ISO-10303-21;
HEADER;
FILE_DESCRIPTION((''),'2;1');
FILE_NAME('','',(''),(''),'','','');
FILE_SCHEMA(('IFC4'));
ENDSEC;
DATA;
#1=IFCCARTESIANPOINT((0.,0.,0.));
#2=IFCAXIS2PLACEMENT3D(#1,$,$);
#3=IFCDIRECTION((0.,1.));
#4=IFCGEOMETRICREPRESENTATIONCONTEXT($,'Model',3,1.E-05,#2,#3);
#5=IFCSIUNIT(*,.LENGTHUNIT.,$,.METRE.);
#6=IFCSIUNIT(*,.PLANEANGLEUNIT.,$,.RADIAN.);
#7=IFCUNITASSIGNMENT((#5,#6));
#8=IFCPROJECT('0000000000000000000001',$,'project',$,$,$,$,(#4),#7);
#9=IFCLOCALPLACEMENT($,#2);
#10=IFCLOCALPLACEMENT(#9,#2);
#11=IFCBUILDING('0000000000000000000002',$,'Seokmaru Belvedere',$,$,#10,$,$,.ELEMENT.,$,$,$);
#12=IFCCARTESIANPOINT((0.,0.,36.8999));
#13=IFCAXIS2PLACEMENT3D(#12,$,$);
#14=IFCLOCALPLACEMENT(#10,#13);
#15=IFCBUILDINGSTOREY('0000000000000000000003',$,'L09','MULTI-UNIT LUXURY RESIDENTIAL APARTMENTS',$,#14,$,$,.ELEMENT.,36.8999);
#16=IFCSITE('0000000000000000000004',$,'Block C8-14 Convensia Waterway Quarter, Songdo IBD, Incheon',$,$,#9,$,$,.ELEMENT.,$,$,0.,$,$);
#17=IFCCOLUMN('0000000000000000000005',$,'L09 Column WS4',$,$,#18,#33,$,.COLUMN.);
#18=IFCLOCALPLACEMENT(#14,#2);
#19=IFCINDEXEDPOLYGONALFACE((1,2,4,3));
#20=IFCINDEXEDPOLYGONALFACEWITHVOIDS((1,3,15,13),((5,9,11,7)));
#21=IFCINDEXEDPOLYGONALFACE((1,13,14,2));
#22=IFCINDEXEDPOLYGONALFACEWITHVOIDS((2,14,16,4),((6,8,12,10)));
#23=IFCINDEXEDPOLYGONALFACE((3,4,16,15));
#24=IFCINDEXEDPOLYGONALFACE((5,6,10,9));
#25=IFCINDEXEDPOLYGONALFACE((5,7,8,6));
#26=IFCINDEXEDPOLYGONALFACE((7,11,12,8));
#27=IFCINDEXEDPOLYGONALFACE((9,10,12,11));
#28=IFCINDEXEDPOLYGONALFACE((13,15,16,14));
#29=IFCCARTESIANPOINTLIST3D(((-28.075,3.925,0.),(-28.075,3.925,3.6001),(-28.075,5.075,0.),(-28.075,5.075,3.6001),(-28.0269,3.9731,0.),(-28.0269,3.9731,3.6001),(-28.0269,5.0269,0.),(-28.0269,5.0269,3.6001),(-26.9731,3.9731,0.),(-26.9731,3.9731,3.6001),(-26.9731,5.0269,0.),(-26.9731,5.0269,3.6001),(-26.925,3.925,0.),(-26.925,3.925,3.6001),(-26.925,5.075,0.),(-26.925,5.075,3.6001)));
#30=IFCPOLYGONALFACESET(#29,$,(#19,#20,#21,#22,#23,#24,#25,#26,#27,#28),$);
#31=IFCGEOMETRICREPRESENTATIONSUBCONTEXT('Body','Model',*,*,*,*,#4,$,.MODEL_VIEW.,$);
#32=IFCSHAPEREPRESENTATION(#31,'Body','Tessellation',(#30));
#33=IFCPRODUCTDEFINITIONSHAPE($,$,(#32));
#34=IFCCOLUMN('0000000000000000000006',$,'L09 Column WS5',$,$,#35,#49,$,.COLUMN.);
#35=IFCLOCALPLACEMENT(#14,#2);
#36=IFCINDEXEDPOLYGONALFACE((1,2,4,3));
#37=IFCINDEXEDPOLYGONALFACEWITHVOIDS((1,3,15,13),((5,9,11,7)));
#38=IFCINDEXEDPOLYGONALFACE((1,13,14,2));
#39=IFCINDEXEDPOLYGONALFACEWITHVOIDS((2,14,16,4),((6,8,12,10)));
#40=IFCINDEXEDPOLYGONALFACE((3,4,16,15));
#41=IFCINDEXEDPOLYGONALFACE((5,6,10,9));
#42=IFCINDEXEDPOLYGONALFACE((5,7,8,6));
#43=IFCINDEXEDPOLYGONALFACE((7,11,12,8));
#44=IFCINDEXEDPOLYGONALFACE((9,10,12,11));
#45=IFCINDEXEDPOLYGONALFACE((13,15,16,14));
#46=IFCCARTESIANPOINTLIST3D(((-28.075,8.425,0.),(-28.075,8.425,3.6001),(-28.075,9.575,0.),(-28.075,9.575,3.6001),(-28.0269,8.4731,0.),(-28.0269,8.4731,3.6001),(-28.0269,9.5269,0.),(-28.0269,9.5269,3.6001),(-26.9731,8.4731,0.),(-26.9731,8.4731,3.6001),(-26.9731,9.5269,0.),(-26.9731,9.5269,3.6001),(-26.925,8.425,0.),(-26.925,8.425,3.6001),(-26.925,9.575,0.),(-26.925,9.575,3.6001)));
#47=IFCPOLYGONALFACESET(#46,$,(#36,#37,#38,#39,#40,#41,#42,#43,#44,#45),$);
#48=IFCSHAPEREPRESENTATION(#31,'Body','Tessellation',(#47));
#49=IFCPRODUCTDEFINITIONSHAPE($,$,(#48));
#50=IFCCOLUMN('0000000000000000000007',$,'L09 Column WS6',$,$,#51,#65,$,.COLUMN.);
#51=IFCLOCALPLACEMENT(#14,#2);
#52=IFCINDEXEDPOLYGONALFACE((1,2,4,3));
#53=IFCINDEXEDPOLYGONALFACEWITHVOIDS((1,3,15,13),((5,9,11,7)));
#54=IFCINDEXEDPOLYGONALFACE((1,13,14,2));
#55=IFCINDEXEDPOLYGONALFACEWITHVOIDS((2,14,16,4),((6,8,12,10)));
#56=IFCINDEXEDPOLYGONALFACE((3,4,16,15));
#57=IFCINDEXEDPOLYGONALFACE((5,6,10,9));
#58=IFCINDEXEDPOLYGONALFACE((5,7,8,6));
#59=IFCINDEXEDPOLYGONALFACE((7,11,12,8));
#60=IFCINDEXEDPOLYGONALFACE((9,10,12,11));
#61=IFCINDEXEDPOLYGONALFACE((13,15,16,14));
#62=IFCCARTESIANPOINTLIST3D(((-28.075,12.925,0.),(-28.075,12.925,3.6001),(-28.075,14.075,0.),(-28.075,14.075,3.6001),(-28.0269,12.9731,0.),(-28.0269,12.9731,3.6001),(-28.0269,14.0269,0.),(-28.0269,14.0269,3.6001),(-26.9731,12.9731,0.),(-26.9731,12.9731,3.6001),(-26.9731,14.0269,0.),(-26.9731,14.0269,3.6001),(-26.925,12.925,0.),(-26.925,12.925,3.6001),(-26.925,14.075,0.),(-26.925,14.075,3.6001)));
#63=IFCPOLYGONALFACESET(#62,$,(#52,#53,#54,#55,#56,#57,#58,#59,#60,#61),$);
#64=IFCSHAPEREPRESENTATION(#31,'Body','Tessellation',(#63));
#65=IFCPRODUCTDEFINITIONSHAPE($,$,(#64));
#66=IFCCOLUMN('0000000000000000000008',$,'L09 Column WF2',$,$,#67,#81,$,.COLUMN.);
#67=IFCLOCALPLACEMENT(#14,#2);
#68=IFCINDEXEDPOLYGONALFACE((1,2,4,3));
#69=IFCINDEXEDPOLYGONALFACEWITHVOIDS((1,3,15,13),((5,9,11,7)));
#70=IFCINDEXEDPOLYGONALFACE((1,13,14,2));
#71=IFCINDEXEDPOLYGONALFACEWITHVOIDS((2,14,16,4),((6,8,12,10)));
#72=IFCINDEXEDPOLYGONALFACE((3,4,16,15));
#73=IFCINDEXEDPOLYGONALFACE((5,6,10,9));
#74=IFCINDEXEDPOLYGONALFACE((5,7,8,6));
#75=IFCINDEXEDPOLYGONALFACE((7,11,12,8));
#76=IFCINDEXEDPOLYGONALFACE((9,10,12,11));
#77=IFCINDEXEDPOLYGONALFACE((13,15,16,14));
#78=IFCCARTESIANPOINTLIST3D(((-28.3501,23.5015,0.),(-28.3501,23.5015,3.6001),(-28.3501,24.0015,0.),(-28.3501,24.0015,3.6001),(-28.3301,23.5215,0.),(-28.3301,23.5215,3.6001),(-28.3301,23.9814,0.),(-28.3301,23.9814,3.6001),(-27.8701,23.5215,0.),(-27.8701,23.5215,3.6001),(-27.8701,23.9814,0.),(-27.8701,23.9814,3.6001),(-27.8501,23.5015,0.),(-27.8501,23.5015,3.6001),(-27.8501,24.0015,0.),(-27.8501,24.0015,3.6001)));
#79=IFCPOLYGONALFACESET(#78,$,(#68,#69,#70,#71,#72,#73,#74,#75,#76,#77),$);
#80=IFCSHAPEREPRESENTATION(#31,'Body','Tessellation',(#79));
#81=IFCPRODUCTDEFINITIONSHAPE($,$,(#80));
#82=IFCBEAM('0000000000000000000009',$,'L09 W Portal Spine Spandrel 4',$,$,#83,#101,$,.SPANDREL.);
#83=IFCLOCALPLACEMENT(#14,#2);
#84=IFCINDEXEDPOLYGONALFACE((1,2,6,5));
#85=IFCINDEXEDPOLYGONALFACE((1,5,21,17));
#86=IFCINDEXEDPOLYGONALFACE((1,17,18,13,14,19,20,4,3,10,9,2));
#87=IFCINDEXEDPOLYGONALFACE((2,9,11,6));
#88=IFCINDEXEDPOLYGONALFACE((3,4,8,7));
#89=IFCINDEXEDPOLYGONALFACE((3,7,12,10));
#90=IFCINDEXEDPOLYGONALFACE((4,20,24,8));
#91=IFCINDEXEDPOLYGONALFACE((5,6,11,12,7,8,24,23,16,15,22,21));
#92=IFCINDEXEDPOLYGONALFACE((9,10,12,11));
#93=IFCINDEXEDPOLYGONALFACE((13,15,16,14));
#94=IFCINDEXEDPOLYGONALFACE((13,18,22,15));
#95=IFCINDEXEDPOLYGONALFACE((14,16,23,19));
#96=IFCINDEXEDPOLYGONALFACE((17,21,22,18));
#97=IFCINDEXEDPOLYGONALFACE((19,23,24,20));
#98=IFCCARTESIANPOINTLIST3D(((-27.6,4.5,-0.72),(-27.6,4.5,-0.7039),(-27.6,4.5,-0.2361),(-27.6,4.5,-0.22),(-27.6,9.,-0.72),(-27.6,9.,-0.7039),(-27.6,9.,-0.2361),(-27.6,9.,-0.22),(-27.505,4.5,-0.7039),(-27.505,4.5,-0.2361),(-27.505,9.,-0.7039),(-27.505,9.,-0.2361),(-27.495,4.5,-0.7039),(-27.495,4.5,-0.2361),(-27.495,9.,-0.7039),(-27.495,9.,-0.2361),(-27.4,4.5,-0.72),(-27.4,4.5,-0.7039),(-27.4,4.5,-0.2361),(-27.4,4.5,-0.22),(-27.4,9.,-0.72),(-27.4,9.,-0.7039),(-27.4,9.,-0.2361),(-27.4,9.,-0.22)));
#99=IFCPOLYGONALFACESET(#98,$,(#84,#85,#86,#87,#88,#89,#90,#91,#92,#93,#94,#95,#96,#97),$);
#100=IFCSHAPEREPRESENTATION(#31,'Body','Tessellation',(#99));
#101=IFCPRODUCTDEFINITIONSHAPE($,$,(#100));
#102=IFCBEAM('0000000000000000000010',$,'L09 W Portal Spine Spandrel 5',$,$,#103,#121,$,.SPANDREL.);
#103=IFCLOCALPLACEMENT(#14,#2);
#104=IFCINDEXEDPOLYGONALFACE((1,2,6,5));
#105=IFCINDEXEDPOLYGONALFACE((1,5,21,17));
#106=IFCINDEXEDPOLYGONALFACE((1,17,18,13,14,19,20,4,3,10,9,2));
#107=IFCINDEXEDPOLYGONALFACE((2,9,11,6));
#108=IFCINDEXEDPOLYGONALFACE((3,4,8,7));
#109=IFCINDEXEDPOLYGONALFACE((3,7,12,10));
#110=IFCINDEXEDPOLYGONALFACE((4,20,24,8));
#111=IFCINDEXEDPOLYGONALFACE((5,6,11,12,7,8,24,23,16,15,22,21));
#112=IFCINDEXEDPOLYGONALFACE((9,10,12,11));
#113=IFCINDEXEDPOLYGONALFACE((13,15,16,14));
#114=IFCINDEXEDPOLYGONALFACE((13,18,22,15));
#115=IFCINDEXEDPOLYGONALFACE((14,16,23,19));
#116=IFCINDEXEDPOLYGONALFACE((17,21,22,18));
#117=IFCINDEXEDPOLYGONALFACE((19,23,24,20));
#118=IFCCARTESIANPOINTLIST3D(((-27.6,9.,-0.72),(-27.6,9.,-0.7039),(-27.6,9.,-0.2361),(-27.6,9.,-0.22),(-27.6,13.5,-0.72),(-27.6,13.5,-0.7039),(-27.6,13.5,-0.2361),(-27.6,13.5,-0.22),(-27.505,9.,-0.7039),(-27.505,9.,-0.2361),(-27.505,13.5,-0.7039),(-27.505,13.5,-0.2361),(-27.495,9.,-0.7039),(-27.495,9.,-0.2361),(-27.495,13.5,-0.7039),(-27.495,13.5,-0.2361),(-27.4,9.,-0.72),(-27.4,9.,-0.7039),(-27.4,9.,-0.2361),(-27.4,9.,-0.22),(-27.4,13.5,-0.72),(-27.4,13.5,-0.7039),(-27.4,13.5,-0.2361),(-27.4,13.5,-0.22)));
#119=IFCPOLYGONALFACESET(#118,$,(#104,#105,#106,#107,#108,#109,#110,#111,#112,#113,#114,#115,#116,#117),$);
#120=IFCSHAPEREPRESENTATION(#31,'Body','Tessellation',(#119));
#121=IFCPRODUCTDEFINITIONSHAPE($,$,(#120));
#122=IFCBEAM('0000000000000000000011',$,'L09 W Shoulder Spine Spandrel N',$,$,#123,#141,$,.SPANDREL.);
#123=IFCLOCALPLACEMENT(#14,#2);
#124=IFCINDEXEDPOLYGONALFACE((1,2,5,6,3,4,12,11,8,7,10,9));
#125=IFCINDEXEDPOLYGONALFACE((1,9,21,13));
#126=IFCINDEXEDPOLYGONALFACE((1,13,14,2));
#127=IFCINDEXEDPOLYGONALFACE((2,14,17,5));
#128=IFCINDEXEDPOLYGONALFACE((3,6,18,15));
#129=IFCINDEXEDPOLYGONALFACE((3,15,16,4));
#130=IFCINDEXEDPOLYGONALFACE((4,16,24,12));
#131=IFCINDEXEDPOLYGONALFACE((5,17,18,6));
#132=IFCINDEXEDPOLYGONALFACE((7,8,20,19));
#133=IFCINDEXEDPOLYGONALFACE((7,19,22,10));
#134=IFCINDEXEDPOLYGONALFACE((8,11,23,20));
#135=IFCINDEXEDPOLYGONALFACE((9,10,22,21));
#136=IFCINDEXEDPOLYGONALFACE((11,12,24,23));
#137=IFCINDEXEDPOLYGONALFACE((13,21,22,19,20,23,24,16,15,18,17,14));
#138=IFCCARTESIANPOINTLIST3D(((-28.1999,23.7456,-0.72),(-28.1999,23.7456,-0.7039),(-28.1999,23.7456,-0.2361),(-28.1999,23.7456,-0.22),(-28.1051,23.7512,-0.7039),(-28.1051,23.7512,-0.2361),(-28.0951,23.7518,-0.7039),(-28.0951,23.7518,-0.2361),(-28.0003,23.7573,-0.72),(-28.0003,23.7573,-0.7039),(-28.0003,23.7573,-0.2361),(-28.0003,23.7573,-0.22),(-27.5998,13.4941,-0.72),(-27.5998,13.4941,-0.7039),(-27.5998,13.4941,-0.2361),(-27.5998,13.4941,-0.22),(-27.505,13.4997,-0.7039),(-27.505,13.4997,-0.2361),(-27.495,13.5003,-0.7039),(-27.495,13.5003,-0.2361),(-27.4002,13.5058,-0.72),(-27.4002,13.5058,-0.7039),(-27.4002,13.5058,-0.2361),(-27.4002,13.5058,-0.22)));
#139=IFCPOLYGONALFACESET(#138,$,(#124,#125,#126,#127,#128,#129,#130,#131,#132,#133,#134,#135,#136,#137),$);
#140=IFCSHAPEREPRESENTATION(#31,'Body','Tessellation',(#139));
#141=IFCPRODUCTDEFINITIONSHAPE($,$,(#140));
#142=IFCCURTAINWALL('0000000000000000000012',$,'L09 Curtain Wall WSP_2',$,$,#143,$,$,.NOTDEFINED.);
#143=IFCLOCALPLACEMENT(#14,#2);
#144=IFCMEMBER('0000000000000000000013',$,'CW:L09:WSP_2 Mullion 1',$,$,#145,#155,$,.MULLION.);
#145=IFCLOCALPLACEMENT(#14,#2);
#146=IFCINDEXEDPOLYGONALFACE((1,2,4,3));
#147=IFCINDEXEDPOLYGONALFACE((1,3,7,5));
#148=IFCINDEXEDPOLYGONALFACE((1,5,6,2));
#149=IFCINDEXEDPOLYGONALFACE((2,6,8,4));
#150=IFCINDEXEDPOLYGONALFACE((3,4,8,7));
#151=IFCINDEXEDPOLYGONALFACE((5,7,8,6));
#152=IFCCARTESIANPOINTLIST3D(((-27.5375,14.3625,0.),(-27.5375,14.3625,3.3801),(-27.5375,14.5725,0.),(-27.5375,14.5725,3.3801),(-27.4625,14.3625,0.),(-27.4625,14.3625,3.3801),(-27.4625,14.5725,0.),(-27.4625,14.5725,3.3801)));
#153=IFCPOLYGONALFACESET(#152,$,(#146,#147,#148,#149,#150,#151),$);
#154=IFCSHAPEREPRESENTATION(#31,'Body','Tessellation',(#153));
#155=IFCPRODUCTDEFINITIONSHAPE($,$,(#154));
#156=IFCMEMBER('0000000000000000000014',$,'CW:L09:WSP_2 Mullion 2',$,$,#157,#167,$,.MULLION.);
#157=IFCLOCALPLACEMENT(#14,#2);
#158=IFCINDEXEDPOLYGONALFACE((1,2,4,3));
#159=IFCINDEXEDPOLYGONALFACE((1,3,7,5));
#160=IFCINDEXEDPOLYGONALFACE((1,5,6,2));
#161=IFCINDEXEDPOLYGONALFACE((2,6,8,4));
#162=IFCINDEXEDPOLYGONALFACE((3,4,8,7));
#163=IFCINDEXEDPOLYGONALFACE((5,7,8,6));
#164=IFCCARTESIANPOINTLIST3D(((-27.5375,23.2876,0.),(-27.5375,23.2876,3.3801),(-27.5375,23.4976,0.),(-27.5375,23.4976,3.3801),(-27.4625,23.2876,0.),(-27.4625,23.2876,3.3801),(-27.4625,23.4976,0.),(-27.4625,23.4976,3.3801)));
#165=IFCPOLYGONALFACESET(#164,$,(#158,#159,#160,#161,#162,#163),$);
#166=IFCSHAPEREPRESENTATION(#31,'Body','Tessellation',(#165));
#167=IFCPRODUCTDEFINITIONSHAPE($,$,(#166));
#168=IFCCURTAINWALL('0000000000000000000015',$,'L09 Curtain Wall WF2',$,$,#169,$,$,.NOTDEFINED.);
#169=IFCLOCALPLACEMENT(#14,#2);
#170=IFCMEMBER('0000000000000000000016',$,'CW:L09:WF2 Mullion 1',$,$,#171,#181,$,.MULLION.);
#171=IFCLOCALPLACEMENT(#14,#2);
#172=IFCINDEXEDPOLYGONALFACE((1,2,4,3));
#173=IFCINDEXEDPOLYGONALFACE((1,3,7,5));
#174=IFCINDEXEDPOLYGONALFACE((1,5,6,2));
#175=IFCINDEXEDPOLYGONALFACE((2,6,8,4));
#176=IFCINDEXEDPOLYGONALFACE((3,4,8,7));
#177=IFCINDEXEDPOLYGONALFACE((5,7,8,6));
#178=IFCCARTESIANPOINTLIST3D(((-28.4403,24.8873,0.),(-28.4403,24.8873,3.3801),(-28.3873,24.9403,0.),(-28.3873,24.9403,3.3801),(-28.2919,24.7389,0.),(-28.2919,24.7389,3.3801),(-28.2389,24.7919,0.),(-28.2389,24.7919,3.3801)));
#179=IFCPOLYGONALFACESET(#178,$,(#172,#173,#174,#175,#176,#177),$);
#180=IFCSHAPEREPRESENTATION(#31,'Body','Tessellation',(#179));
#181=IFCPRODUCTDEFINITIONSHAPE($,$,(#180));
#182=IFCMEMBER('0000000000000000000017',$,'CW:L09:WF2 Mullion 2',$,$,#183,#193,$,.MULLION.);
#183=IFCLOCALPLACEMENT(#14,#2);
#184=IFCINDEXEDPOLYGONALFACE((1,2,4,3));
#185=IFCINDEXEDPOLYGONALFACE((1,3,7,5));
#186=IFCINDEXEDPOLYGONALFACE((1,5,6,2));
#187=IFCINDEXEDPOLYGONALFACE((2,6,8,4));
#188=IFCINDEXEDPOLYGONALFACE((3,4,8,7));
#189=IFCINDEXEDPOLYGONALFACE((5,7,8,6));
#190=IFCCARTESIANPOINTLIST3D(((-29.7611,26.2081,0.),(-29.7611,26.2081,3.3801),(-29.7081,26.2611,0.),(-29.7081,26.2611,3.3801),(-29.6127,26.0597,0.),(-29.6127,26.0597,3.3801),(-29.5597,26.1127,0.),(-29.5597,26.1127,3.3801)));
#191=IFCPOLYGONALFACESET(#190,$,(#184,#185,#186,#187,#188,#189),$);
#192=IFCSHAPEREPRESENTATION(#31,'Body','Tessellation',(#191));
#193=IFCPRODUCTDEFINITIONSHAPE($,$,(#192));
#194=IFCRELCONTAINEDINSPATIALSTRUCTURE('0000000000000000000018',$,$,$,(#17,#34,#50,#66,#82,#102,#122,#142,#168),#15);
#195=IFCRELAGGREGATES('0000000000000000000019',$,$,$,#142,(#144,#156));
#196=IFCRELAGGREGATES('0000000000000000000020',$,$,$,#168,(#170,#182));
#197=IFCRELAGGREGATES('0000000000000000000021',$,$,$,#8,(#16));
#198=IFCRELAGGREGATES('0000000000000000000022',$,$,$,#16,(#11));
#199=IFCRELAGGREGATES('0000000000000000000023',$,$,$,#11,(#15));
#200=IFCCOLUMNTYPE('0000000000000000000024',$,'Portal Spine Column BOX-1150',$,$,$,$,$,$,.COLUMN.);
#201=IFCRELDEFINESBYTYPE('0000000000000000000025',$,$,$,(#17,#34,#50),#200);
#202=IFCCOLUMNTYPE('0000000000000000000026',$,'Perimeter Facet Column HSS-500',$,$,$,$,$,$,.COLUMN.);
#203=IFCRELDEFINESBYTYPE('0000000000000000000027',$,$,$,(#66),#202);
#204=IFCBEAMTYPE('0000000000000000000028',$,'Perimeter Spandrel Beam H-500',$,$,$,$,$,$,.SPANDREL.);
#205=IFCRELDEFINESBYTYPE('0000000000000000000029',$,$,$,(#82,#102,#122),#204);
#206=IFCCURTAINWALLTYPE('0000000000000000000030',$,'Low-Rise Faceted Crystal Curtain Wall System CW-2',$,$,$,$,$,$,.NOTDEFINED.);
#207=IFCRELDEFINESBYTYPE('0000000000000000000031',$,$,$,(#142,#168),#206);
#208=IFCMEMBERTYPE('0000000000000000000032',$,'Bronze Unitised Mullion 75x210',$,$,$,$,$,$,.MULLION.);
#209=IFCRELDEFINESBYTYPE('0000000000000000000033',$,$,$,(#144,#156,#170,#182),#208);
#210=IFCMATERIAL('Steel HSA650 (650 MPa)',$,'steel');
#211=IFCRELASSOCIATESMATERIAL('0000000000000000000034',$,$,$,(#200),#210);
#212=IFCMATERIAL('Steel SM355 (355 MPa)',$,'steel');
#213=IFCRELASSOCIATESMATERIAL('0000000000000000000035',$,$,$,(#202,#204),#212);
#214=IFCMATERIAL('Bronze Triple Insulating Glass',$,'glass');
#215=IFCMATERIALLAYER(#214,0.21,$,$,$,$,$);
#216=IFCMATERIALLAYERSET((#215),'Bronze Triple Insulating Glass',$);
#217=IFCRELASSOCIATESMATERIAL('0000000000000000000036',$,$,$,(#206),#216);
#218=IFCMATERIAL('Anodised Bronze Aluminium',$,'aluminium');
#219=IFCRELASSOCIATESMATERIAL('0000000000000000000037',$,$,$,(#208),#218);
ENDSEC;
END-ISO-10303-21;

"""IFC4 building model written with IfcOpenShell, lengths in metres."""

from ifc_helpers import new_model, si_unit, direction, frame, origin, origin_2d, place, context, subcontext, project, spatial, rectangle, hollow_rectangle, i_section, extrude, source, transform, mapped, material, layer, layer_set, material_profile, profile_set, type_object, type_shapes, element, aggregate, save


model = new_model("IFC4")

# Units and contexts
model_context = context("Model", 3, precision=1e-05, world=origin(), true_north=direction((0.0, 1.0)))
body_context = subcontext(model_context, "Body", "Model", "MODEL_VIEW")
ifc_project = project(units=[si_unit("LENGTHUNIT", "METRE"), si_unit("PLANEANGLEUNIT", "RADIAN")], contexts=[model_context])

# Site, building, storey
site_placement = place(None, origin())
site = spatial("IfcSite", under=ifc_project, at=site_placement, Name="Block C8-14 Convensia Waterway Quarter, Songdo IBD, Incheon", CompositionType="ELEMENT", RefElevation=0.0)
building_placement = place(site_placement, origin())
building = spatial("IfcBuilding", under=site, at=building_placement, Name="Seokmaru Belvedere", CompositionType="ELEMENT")
storey_placement = place(building_placement, frame((0.0, 0.0, 36.8999)))
storey = spatial("IfcBuildingStorey", under=building, at=storey_placement, Name="L09", Description="MULTI-UNIT LUXURY RESIDENTIAL APARTMENTS", CompositionType="ELEMENT", Elevation=36.8999)

# Columns
ifc_material_1 = material(Name="Steel HSA650 (650 MPa)", Category="steel")
ifc_material_profile_1 = material_profile(ifc_material_1, hollow_rectangle(XDim=1.1499, YDim=1.1499, WallThickness=0.0481, at=origin_2d()), Name="BOX-1150x1150x48")
ifc_profile_set_1 = profile_set([ifc_material_profile_1], Name="Steel HSA650 (650 MPa)")
column_type_1 = type_object("IfcColumnType", Name="Portal Spine Column BOX-1150", PredefinedType="COLUMN", material=ifc_profile_set_1)
shared_shape_1 = source(origin(), body_context, "Body", "SweptSolid", [
    extrude(hollow_rectangle(XDim=1.1499, YDim=1.1499, WallThickness=0.0481, at=origin_2d()), origin(), (0.0, 0.0, 1.0), 3.6001),
])
type_shapes(column_type_1, [shared_shape_1])
for number, where, z_axis, x_axis, name in (
    (1, (-27.5, 4.5, 0.0), (0.0, 0.0, 1.0), (1.0, 0.0, 0.0), "L09 Column WS4"),
    (2, (-27.5, 9.0, 0.0), (0.0, 0.0, 1.0), (1.0, 0.0, 0.0), "L09 Column WS5"),
    (3, (-27.5, 13.5, 0.0), (0.0, 0.0, 1.0), (1.0, 0.0, 0.0), "L09 Column WS6"),
):
    element("IfcColumn", number, at=place(storey_placement, frame(where, z_axis=z_axis, x_axis=x_axis)), inside=storey, type_object=column_type_1, Name=name, PredefinedType="COLUMN", context=body_context, shape_type="MappedRepresentation", body=[
        mapped(shared_shape_1, transform((0.0, 0.0, 0.0), scale=1.0)),
    ])
ifc_material_2 = material(Name="Steel SM355 (355 MPa)", Category="steel")
ifc_material_profile_2 = material_profile(ifc_material_2, hollow_rectangle(XDim=0.5, YDim=0.5, WallThickness=0.02, at=origin_2d()), Name="HSS-500x500x20")
ifc_profile_set_2 = profile_set([ifc_material_profile_2], Name="Steel SM355 (355 MPa)")
column_type_2 = type_object("IfcColumnType", Name="Perimeter Facet Column HSS-500", PredefinedType="COLUMN", material=ifc_profile_set_2)
shared_shape_2 = source(origin(), body_context, "Body", "SweptSolid", [
    extrude(hollow_rectangle(XDim=0.5, YDim=0.5, WallThickness=0.02, at=origin_2d()), origin(), (0.0, 0.0, 1.0), 3.6001),
])
type_shapes(column_type_2, [shared_shape_2])
column_placement = place(storey_placement, frame((-28.1001, 23.7515, 0.0), z_axis=(0.0, 0.0, 1.0), x_axis=(1.0, 0.0, 0.0)))
element("IfcColumn", 4, at=column_placement, inside=storey, type_object=column_type_2, Name="L09 Column WF2", PredefinedType="COLUMN", context=body_context, shape_type="MappedRepresentation", body=[
    mapped(shared_shape_2, transform((0.0, 0.0, 0.0), scale=1.0)),
])

# Beams
ifc_material_profile_3 = material_profile(ifc_material_2, i_section(OverallWidth=0.2, OverallDepth=0.5, WebThickness=0.01, FlangeThickness=0.0161, at=origin_2d()), Name="H-500x200x10x16")
ifc_profile_set_3 = profile_set([ifc_material_profile_3], Name="Steel SM355 (355 MPa)")
beam_type = type_object("IfcBeamType", Name="Perimeter Spandrel Beam H-500", PredefinedType="SPANDREL", material=ifc_profile_set_3)
shared_shape_3 = source(origin(), body_context, "Body", "SweptSolid", [
    extrude(i_section(OverallWidth=0.2, OverallDepth=0.5, WebThickness=0.01, FlangeThickness=0.0161, at=origin_2d()), origin(), (0.0, 0.0, 1.0), 4.5),
])
for number, where, z_axis, x_axis, name in (
    (5, (-27.5, 4.5, -0.47), (0.0, 1.0, 0.0), (-1.0, 0.0, 0.0), "L09 W Portal Spine Spandrel 4"),
    (6, (-27.5, 9.0, -0.47), (0.0, 1.0, 0.0), (-1.0, 0.0, 0.0), "L09 W Portal Spine Spandrel 5"),
):
    element("IfcBeam", number, at=place(storey_placement, frame(where, z_axis=z_axis, x_axis=x_axis)), inside=storey, type_object=beam_type, Name=name, PredefinedType="SPANDREL", context=body_context, shape_type="MappedRepresentation", body=[
        mapped(shared_shape_3, transform((0.0, 0.0, 0.0), scale=1.0)),
    ])
shared_shape_4 = source(origin(), body_context, "Body", "SweptSolid", [
    extrude(i_section(OverallWidth=0.2, OverallDepth=0.5, WebThickness=0.01, FlangeThickness=0.0161, at=origin_2d()), origin(), (0.0, 0.0, 1.0), 10.269),
])
type_shapes(beam_type, [shared_shape_3, shared_shape_4])
beam_placement = place(storey_placement, frame((-28.1001, 23.7515, -0.47), z_axis=(0.058438, -0.998291, 0.0), x_axis=(0.998291, 0.058438, 0.0)))
element("IfcBeam", 7, at=beam_placement, inside=storey, type_object=beam_type, Name="L09 W Shoulder Spine Spandrel N", PredefinedType="SPANDREL", context=body_context, shape_type="MappedRepresentation", body=[
    mapped(shared_shape_4, transform((0.0, 0.0, 0.0), scale=1.0)),
])

# Curtain walls, members
ifc_material_3 = material(Name="Bronze Triple Insulating Glass", Category="glass")
ifc_layer_1 = layer(ifc_material_3, 0.21)
ifc_layer_set_1 = layer_set([ifc_layer_1], Name="Bronze Triple Insulating Glass")
curtain_wall_type = type_object("IfcCurtainWallType", Name="Low-Rise Faceted Crystal Curtain Wall System CW-2", PredefinedType="NOTDEFINED", material=ifc_layer_set_1)
curtain_wall_1_placement = place(storey_placement, origin())
curtain_wall_1 = element("IfcCurtainWall", 8, at=curtain_wall_1_placement, inside=storey, type_object=curtain_wall_type, Name="L09 Curtain Wall WSP_2", PredefinedType="NOTDEFINED")
ifc_material_4 = material(Name="Anodised Bronze Aluminium", Category="aluminium")
ifc_material_profile_4 = material_profile(ifc_material_4, rectangle(XDim=0.075, YDim=0.21, at=origin_2d()), Name="CW-M-75x210")
ifc_profile_set_4 = profile_set([ifc_material_profile_4], Name="Anodised Bronze Aluminium")
member_type_1 = type_object("IfcMemberType", Name="Bronze Unitised Mullion 75x210", PredefinedType="MULLION", material=ifc_profile_set_4)
shared_shape_5 = source(origin(), body_context, "Body", "SweptSolid", [
    extrude(rectangle(XDim=0.075, YDim=0.21, at=origin_2d()), origin(), (0.0, 0.0, 1.0), 3.3801),
])
type_shapes(member_type_1, [shared_shape_5])
member_1_placement = place(storey_placement, frame((-27.5, 14.4675, 0.0), z_axis=(0.0, 0.0, 1.0), x_axis=(-1.0, 0.0, 0.0)))
member_1 = element("IfcMember", 9, at=member_1_placement, type_object=member_type_1, Name="CW:L09:WSP_2 Mullion 1", PredefinedType="MULLION", context=body_context, shape_type="MappedRepresentation", body=[
    mapped(shared_shape_5, transform((0.0, 0.0, 0.0), scale=1.0)),
])
member_2_placement = place(storey_placement, frame((-27.5, 23.3926, 0.0), z_axis=(0.0, 0.0, 1.0), x_axis=(-1.0, 0.0, 0.0)))
member_2 = element("IfcMember", 10, at=member_2_placement, type_object=member_type_1, Name="CW:L09:WSP_2 Mullion 2", PredefinedType="MULLION", context=body_context, shape_type="MappedRepresentation", body=[
    mapped(shared_shape_5, transform((0.0, 0.0, 0.0), scale=1.0)),
])
curtain_wall_2_placement = place(storey_placement, origin())
curtain_wall_2 = element("IfcCurtainWall", 11, at=curtain_wall_2_placement, inside=storey, type_object=curtain_wall_type, Name="L09 Curtain Wall WF2", PredefinedType="NOTDEFINED")
member_3_placement = place(storey_placement, frame((-28.3396, 24.8396, 0.0), z_axis=(0.0, 0.0, 1.0), x_axis=(-0.707107, -0.707107, 0.0)))
member_3 = element("IfcMember", 12, at=member_3_placement, type_object=member_type_1, Name="CW:L09:WF2 Mullion 1", PredefinedType="MULLION", context=body_context, shape_type="MappedRepresentation", body=[
    mapped(shared_shape_5, transform((0.0, 0.0, 0.0), scale=1.0)),
])
member_4_placement = place(storey_placement, frame((-29.6604, 26.1604, 0.0), z_axis=(0.0, 0.0, 1.0), x_axis=(-0.707107, -0.707107, 0.0)))
member_4 = element("IfcMember", 13, at=member_4_placement, type_object=member_type_1, Name="CW:L09:WF2 Mullion 2", PredefinedType="MULLION", context=body_context, shape_type="MappedRepresentation", body=[
    mapped(shared_shape_5, transform((0.0, 0.0, 0.0), scale=1.0)),
])

aggregate(curtain_wall_1, [member_1, member_2])
aggregate(curtain_wall_2, [member_3, member_4])

save(model, "model.ifc")
